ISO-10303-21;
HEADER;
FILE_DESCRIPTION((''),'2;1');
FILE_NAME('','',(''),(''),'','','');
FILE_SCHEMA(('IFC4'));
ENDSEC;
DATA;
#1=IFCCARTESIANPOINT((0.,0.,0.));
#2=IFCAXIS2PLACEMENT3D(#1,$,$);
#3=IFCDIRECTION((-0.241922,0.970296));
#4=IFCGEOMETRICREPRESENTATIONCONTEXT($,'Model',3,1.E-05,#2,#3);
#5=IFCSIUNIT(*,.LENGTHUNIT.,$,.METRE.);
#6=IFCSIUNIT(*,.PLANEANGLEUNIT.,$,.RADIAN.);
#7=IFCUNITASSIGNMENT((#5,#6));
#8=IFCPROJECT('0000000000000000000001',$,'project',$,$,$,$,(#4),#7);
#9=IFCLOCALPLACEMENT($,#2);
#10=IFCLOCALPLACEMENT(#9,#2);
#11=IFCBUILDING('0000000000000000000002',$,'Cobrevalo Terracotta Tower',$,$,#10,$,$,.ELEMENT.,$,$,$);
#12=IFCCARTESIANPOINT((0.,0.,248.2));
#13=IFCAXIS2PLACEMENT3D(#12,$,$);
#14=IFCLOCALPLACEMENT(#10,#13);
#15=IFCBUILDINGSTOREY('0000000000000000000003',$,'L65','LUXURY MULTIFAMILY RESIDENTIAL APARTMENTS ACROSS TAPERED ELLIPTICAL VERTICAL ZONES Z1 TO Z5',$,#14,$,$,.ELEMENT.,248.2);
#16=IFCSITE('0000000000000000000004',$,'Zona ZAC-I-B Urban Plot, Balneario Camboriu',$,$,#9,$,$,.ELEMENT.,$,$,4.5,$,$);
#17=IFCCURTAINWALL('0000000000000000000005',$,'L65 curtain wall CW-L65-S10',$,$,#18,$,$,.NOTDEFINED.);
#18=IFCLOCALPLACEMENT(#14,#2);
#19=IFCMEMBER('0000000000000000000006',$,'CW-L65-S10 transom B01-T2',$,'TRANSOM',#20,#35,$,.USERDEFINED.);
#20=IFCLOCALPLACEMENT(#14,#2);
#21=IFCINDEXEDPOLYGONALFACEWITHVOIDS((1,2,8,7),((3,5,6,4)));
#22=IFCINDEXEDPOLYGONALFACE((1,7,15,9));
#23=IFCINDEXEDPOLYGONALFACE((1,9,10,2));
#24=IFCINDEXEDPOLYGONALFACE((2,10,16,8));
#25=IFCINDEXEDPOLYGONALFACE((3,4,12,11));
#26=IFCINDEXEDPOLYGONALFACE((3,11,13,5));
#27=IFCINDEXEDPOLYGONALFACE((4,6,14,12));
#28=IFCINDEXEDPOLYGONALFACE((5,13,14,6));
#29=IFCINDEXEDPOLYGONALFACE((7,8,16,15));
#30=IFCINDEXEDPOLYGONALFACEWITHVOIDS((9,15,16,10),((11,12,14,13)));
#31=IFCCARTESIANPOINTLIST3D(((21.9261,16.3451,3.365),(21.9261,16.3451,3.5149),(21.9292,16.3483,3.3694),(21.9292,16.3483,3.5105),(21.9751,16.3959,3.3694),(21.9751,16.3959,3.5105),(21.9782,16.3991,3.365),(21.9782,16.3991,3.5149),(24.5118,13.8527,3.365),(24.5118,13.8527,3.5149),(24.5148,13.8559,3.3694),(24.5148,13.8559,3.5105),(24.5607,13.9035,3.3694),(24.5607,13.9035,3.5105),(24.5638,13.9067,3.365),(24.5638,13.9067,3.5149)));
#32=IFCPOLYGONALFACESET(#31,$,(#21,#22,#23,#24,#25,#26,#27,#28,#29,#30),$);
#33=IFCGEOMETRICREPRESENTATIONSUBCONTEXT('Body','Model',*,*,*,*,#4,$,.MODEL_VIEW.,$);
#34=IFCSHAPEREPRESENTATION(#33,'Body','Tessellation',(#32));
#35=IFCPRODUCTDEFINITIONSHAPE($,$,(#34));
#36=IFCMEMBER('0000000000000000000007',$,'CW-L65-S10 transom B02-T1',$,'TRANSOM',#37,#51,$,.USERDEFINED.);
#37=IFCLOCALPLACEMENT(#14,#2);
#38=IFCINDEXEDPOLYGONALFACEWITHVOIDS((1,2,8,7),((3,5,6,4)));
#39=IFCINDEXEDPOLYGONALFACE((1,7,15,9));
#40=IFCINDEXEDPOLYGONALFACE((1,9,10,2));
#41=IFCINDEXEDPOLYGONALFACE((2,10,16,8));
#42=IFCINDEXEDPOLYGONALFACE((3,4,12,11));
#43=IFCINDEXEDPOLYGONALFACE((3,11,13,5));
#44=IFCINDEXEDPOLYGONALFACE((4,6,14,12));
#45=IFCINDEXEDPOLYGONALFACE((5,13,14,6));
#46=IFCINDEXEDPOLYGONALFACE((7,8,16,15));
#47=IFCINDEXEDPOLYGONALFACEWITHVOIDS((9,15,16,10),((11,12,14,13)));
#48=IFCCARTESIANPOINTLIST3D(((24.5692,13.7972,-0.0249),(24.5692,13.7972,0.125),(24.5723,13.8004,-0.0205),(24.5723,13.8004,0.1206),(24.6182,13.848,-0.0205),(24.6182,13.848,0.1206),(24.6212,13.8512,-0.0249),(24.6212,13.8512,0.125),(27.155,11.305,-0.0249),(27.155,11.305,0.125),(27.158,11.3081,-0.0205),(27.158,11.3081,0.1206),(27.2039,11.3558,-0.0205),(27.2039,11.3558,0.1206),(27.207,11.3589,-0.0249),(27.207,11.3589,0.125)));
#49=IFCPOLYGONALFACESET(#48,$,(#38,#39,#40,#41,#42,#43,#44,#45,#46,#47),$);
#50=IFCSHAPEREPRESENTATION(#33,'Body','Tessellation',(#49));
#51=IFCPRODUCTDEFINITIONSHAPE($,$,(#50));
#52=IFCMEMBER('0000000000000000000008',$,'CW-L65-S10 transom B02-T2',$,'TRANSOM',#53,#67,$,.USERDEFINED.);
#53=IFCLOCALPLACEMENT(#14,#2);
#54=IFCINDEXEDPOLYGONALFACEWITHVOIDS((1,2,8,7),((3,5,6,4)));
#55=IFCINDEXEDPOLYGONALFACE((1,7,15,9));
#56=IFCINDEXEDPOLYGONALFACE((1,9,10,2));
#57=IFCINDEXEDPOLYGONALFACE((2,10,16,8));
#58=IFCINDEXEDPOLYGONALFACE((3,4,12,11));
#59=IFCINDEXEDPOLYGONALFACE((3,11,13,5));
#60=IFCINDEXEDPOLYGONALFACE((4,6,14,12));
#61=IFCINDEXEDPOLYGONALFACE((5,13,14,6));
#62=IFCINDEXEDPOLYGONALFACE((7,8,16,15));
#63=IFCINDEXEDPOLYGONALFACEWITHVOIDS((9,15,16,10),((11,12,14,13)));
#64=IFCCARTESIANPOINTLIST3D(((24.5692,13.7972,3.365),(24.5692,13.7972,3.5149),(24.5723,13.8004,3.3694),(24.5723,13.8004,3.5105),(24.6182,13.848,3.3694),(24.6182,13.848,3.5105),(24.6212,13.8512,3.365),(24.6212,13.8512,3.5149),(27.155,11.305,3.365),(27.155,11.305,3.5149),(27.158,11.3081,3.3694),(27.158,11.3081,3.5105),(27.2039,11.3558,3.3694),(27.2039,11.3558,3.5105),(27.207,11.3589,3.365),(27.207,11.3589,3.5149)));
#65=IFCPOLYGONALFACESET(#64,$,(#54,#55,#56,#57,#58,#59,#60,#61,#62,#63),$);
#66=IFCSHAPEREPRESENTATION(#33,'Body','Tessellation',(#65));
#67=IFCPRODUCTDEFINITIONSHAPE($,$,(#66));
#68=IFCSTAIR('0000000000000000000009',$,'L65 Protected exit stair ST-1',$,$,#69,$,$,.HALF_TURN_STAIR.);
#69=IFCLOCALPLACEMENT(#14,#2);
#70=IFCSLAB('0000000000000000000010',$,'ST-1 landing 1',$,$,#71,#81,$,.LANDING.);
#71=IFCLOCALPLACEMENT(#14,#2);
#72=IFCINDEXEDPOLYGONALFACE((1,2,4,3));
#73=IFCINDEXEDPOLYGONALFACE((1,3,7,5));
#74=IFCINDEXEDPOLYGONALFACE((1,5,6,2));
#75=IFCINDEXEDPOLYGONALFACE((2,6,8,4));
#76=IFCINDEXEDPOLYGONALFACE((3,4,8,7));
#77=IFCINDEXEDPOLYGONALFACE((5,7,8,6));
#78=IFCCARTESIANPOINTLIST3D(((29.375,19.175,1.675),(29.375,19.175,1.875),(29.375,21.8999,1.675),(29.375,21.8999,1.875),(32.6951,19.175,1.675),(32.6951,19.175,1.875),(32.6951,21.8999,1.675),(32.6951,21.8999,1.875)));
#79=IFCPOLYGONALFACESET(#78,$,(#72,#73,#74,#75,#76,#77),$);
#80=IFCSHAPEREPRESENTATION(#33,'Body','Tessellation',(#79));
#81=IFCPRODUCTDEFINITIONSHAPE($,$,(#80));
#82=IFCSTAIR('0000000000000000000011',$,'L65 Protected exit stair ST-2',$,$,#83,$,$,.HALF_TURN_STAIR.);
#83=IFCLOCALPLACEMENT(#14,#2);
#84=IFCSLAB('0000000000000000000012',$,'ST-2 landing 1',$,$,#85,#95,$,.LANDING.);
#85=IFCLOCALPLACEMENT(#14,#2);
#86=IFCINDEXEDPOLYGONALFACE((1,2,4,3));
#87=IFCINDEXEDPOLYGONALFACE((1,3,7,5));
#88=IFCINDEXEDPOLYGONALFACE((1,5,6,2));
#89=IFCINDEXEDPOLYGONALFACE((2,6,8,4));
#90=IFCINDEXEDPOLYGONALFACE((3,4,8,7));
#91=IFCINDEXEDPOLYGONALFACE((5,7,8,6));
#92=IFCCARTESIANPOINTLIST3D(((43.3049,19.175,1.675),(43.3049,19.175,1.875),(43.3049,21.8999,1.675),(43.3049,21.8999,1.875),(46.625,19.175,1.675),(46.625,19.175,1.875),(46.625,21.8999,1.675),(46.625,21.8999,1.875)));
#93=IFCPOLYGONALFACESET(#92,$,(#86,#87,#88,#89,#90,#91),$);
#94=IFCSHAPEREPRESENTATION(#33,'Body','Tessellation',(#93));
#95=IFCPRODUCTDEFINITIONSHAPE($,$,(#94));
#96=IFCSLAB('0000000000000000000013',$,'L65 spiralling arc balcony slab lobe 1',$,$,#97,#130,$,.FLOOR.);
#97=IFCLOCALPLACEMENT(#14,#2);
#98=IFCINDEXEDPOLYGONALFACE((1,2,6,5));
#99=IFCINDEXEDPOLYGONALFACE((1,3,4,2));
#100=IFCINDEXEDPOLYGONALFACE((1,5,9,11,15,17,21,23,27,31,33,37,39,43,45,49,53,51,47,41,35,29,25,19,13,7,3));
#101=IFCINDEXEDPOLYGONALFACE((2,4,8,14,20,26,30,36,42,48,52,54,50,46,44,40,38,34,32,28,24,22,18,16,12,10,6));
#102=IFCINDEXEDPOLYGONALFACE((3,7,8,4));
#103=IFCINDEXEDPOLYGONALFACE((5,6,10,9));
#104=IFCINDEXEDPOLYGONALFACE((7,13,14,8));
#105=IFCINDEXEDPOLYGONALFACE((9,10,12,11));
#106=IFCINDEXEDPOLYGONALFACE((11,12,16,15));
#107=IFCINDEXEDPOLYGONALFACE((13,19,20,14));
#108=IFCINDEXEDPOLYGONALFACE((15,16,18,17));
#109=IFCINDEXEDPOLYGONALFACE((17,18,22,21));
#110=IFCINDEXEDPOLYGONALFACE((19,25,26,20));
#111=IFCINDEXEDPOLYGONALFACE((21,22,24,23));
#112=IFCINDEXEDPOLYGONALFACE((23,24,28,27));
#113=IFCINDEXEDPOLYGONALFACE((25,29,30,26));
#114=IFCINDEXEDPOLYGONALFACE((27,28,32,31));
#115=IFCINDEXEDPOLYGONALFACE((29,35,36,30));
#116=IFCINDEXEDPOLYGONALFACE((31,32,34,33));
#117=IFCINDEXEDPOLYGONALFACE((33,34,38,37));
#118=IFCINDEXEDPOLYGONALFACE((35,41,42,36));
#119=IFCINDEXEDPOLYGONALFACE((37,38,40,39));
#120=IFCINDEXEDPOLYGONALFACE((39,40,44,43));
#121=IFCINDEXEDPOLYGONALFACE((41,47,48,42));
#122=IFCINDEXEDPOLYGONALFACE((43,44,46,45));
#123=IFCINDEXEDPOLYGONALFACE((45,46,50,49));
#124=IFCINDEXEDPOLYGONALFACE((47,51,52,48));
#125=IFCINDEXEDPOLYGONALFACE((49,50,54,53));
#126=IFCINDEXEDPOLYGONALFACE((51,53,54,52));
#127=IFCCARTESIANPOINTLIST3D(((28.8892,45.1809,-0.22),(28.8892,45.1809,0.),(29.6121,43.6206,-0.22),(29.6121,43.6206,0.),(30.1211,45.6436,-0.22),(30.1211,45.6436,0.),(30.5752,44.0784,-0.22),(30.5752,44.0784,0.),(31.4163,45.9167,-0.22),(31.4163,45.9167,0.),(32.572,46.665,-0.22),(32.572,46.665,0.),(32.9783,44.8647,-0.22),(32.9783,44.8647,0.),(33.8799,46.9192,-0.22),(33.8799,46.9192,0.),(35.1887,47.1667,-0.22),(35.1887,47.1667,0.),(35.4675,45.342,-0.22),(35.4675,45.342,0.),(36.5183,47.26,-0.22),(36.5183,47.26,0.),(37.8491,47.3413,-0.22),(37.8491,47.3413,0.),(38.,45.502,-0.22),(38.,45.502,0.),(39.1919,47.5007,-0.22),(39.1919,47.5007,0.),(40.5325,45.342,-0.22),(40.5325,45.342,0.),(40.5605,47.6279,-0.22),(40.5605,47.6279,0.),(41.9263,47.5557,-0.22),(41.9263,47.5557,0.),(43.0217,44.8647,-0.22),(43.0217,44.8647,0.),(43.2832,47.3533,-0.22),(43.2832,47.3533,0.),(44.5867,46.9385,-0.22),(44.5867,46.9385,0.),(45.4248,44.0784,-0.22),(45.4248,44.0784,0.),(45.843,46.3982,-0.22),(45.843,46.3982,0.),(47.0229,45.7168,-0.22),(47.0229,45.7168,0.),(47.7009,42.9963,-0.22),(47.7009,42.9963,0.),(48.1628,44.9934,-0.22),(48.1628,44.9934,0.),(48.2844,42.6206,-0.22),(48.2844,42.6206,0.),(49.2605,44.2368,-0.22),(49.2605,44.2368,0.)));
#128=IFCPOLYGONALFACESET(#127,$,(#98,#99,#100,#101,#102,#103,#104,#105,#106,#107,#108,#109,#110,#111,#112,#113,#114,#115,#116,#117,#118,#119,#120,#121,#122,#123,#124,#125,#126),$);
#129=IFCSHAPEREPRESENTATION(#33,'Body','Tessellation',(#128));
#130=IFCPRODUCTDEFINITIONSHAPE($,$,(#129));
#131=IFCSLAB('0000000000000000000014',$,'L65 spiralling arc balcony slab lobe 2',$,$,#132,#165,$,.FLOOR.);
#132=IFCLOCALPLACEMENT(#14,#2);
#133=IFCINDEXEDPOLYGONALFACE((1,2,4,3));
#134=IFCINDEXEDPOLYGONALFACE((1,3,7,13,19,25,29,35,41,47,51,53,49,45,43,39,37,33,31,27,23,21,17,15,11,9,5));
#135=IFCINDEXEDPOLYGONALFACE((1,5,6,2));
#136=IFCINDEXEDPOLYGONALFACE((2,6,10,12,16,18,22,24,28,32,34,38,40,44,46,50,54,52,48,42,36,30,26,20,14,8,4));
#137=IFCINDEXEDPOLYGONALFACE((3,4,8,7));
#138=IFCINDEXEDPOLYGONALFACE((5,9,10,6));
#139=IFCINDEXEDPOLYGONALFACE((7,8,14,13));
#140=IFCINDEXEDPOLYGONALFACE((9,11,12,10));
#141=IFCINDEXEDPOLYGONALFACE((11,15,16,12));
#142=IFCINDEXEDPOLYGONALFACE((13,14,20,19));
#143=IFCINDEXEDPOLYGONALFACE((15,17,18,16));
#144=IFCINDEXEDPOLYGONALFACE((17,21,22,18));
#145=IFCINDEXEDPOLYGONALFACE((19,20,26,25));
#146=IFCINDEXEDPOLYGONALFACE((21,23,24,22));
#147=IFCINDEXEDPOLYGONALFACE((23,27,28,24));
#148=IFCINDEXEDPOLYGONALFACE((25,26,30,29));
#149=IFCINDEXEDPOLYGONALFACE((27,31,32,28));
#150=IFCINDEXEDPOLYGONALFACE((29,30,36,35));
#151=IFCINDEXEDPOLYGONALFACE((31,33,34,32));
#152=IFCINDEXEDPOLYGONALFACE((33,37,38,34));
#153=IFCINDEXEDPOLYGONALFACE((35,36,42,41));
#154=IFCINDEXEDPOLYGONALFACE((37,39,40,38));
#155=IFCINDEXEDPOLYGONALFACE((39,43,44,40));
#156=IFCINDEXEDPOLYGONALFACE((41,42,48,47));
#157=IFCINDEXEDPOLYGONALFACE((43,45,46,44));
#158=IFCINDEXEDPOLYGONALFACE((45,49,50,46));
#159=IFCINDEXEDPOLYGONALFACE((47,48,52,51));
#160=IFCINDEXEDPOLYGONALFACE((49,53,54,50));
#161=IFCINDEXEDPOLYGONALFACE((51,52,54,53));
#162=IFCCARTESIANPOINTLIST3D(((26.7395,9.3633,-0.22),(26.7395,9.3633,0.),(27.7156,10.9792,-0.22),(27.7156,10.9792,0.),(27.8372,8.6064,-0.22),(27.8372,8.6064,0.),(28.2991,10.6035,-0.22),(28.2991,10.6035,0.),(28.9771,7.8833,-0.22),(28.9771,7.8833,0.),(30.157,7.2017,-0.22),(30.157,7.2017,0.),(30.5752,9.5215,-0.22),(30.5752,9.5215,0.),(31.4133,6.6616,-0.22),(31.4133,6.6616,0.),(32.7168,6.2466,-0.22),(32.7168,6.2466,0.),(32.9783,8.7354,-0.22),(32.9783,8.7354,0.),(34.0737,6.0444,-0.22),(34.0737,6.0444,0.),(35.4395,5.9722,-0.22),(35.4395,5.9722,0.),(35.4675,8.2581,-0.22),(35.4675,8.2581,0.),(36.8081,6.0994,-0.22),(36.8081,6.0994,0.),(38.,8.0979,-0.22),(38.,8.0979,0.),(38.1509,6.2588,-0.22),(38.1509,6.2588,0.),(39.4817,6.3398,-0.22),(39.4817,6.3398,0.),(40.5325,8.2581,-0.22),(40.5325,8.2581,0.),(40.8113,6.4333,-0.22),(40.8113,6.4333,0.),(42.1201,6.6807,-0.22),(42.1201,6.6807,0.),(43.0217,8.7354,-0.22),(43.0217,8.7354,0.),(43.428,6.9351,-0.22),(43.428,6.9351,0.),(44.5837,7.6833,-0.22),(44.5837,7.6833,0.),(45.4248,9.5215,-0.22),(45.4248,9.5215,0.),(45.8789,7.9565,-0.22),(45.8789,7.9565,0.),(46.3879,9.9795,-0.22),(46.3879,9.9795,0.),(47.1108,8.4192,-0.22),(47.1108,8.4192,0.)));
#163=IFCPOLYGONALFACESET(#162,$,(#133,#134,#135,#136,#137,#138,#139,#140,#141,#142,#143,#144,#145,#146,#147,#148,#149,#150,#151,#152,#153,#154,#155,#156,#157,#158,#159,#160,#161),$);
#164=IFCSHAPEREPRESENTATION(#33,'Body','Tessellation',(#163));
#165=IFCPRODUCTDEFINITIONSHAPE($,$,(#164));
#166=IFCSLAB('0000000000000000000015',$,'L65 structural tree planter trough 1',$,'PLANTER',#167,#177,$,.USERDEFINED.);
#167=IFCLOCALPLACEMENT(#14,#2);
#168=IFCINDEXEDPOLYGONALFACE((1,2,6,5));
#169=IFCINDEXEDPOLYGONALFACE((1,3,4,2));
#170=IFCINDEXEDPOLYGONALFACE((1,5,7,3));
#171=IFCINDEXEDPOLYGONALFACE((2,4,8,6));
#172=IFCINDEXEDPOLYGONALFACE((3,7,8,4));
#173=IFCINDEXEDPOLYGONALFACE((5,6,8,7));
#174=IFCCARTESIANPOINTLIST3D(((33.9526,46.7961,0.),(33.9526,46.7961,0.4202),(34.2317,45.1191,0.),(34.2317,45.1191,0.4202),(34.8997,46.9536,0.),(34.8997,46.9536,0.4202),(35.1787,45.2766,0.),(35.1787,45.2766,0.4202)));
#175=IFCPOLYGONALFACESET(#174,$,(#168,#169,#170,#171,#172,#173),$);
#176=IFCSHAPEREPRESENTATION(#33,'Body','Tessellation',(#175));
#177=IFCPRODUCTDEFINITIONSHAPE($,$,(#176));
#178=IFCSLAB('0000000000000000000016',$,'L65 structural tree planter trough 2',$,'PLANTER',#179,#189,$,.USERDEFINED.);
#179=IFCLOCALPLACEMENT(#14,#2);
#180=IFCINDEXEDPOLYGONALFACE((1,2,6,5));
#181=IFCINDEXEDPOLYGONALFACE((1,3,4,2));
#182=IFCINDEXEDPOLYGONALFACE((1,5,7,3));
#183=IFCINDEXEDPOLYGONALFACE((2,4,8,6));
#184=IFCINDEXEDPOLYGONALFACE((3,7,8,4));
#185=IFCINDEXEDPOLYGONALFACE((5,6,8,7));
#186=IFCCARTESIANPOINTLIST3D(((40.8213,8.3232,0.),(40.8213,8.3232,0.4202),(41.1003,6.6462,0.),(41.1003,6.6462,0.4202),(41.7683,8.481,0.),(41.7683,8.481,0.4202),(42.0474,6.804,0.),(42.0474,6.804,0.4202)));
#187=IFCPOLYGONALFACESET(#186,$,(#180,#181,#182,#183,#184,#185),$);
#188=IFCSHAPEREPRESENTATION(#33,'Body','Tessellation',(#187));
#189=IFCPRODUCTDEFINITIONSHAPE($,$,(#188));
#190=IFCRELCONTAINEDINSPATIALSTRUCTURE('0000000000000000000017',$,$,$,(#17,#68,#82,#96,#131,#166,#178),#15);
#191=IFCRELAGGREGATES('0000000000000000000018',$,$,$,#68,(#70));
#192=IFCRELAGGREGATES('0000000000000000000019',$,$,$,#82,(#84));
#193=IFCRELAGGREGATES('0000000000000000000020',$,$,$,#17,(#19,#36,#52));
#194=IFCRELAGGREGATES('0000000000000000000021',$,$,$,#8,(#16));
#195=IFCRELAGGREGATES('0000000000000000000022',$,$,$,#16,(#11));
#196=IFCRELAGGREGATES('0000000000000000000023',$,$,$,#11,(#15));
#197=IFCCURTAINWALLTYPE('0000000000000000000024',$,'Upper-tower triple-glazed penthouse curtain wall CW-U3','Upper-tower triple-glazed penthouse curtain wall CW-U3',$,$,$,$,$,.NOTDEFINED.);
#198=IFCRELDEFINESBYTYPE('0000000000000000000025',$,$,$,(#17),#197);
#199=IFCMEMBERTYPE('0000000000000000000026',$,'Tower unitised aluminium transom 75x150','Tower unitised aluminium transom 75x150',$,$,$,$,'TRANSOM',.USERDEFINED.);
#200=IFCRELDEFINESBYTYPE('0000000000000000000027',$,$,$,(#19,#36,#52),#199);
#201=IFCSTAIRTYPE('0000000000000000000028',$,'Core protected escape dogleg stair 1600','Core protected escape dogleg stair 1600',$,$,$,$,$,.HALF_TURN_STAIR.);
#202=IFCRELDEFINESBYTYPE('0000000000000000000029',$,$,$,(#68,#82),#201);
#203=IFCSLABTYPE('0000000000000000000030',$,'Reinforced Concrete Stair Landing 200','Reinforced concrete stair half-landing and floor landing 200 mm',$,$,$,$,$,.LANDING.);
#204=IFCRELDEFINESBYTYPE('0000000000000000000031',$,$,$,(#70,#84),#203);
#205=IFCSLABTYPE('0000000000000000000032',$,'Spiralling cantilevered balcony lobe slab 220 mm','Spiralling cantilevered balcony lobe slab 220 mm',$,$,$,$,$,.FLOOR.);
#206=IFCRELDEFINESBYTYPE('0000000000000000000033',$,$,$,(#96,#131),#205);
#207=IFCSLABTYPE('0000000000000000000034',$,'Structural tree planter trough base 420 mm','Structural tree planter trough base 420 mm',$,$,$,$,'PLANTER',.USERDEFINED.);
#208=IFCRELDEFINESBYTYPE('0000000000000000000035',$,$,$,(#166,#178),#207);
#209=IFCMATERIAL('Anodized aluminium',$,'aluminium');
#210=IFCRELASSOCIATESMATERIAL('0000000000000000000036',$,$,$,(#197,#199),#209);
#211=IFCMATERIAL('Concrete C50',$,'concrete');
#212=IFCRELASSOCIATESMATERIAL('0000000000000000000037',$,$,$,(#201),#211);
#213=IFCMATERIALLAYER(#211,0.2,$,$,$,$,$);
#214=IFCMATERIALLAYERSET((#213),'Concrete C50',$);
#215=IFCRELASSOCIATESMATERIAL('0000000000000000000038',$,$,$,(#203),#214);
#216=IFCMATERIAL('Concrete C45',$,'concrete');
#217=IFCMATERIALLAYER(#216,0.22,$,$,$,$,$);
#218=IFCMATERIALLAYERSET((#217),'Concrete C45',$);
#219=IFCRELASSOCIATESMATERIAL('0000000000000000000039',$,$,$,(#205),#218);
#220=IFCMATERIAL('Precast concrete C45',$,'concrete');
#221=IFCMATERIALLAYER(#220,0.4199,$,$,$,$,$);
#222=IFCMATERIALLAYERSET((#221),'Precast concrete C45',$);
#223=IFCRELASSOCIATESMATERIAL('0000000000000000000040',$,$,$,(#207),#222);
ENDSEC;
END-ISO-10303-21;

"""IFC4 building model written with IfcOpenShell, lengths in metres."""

from ifc_helpers import new_model, si_unit, direction, frame, origin, origin_2d, place, context, subcontext, project, spatial, polyline, hollow_rectangle, outline, extrude, source, transform, mapped, material, layer, layer_set, material_profile, profile_set, type_object, element, aggregate, save


model = new_model("IFC4")

# Units and contexts
model_context = context("Model", 3, precision=1e-05, world=origin(), true_north=direction((-0.241922, 0.970296)))
body_context = subcontext(model_context, "Body", "Model", "MODEL_VIEW")
ifc_project = project(units=[si_unit("LENGTHUNIT", "METRE"), si_unit("PLANEANGLEUNIT", "RADIAN")], contexts=[model_context])

# Site, building, storey
site_placement = place(None, origin())
site = spatial("IfcSite", under=ifc_project, at=site_placement, Name="Zona ZAC-I-B Urban Plot, Balneario Camboriu", CompositionType="ELEMENT", RefElevation=4.5)
building_placement = place(site_placement, origin())
building = spatial("IfcBuilding", under=site, at=building_placement, Name="Cobrevalo Terracotta Tower", CompositionType="ELEMENT")
storey_placement = place(building_placement, frame((0.0, 0.0, 248.2)))
storey = spatial("IfcBuildingStorey", under=building, at=storey_placement, Name="L65", Description="LUXURY MULTIFAMILY RESIDENTIAL APARTMENTS ACROSS TAPERED ELLIPTICAL VERTICAL ZONES Z1 TO Z5", CompositionType="ELEMENT", Elevation=248.2)

# Curtain wall, members
ifc_material_1 = material(Name="Anodized aluminium", Category="aluminium")
curtain_wall_type = type_object("IfcCurtainWallType", Name="Upper-tower triple-glazed penthouse curtain wall CW-U3", Description="Upper-tower triple-glazed penthouse curtain wall CW-U3", PredefinedType="NOTDEFINED", material=ifc_material_1)
curtain_wall_placement = place(storey_placement, origin())
curtain_wall = element("IfcCurtainWall", 1, at=curtain_wall_placement, inside=storey, type_object=curtain_wall_type, Name="L65 curtain wall CW-L65-S10", PredefinedType="NOTDEFINED")
ifc_material_profile_1 = material_profile(ifc_material_1, hollow_rectangle(XDim=0.075, YDim=0.1499, WallThickness=0.0044, at=origin_2d()), Name="CWT 75x150")
ifc_profile_set_1 = profile_set([ifc_material_profile_1], Name="Anodized aluminium")
member_type_1 = type_object("IfcMemberType", Name="Tower unitised aluminium transom 75x150", Description="Tower unitised aluminium transom 75x150", ElementType="TRANSOM", PredefinedType="USERDEFINED", material=ifc_profile_set_1)
shared_shape_1 = source(origin(), body_context, "Body", "SweptSolid", [
    extrude(hollow_rectangle(XDim=0.075, YDim=0.1499, WallThickness=0.0044, at=origin_2d()), origin(), (0.0, 0.0, 1.0), 3.5913),
])
member_1_placement = place(storey_placement, frame((21.9521, 16.3721, 3.4399), z_axis=(0.719972, -0.694003, 0.0), x_axis=(0.694003, 0.719972, 0.0)))
member_1 = element("IfcMember", 2, at=member_1_placement, type_object=member_type_1, Name="CW-L65-S10 transom B01-T2", ObjectType="TRANSOM", PredefinedType="USERDEFINED", context=body_context, shape_type="MappedRepresentation", body=[
    mapped(shared_shape_1, transform((0.0, 0.0, 0.0), scale=1.0)),
])
member_2_placement = place(storey_placement, frame((24.5952, 13.8242, 0.05), z_axis=(0.720006, -0.693968, 0.0), x_axis=(0.693968, 0.720006, 0.0)))
member_2 = element("IfcMember", 3, at=member_2_placement, type_object=member_type_1, Name="CW-L65-S10 transom B02-T1", ObjectType="TRANSOM", PredefinedType="USERDEFINED", context=body_context, shape_type="MappedRepresentation", body=[
    mapped(shared_shape_1, transform((0.0, 0.0, 0.0), scale=1.0)),
])
member_3_placement = place(storey_placement, frame((24.5952, 13.8242, 3.4399), z_axis=(0.720006, -0.693968, 0.0), x_axis=(0.693968, 0.720006, 0.0)))
member_3 = element("IfcMember", 4, at=member_3_placement, type_object=member_type_1, Name="CW-L65-S10 transom B02-T2", ObjectType="TRANSOM", PredefinedType="USERDEFINED", context=body_context, shape_type="MappedRepresentation", body=[
    mapped(shared_shape_1, transform((0.0, 0.0, 0.0), scale=1.0)),
])

# Stairs, slabs
ifc_material_2 = material(Name="Concrete C50", Category="concrete")
stair_type = type_object("IfcStairType", Name="Core protected escape dogleg stair 1600", Description="Core protected escape dogleg stair 1600", PredefinedType="HALF_TURN_STAIR", material=ifc_material_2)
stair_1_placement = place(storey_placement, origin())
stair_1 = element("IfcStair", 5, at=stair_1_placement, inside=storey, type_object=stair_type, Name="L65 Protected exit stair ST-1", PredefinedType="HALF_TURN_STAIR")
ifc_layer_1 = layer(ifc_material_2, 0.2)
ifc_layer_set_1 = layer_set([ifc_layer_1], Name="Concrete C50")
slab_type_1 = type_object("IfcSlabType", Name="Reinforced Concrete Stair Landing 200", Description="Reinforced concrete stair half-landing and floor landing 200 mm", PredefinedType="LANDING", material=ifc_layer_set_1)
slab_1_placement = place(storey_placement, frame((0.0, 0.0, 1.675)))
slab_1 = element("IfcSlab", 6, at=slab_1_placement, type_object=slab_type_1, Name="ST-1 landing 1", PredefinedType="LANDING", context=body_context, shape_type="SweptSolid", body=[
    extrude(outline(polyline([(29.375, 21.8999), (29.375, 19.175), (32.6951, 19.175), (32.6951, 21.8999), (29.375, 21.8999)])), origin(), (0.0, 0.0, 1.0), 0.2),
])
aggregate(stair_1, [slab_1])
stair_2_placement = place(storey_placement, origin())
stair_2 = element("IfcStair", 7, at=stair_2_placement, inside=storey, type_object=stair_type, Name="L65 Protected exit stair ST-2", PredefinedType="HALF_TURN_STAIR")
slab_2_placement = place(storey_placement, frame((0.0, 0.0, 1.675)))
slab_2 = element("IfcSlab", 8, at=slab_2_placement, type_object=slab_type_1, Name="ST-2 landing 1", PredefinedType="LANDING", context=body_context, shape_type="SweptSolid", body=[
    extrude(outline(polyline([(43.3049, 21.8999), (43.3049, 19.175), (46.625, 19.175), (46.625, 21.8999), (43.3049, 21.8999)])), origin(), (0.0, 0.0, 1.0), 0.2),
])
aggregate(stair_2, [slab_2])

# Slabs
ifc_material_3 = material(Name="Concrete C45", Category="concrete")
ifc_layer_2 = layer(ifc_material_3, 0.22)
ifc_layer_set_2 = layer_set([ifc_layer_2], Name="Concrete C45")
slab_type_2 = type_object("IfcSlabType", Name="Spiralling cantilevered balcony lobe slab 220 mm", Description="Spiralling cantilevered balcony lobe slab 220 mm", PredefinedType="FLOOR", material=ifc_layer_set_2)
slab_3_placement = place(storey_placement, frame((0.0, 0.0, -0.22)))
element("IfcSlab", 9, at=slab_3_placement, inside=storey, type_object=slab_type_2, Name="L65 spiralling arc balcony slab lobe 1", PredefinedType="FLOOR", context=body_context, shape_type="SweptSolid", body=[
    extrude(outline(polyline([(49.2605, 44.2368), (48.1628, 44.9934), (47.0229, 45.7168), (45.843, 46.3982), (44.5867, 46.9385), (43.2832, 47.3533), (41.9263, 47.5557), (40.5605, 47.6279), (39.1919, 47.5007), (37.8491, 47.3413), (36.5183, 47.26), (35.1887, 47.1667), (33.8799, 46.9192), (32.572, 46.665), (31.4163, 45.9167), (30.1211, 45.6436), (28.8892, 45.1809), (29.6121, 43.6206), (30.5752, 44.0784), (32.9783, 44.8647), (35.4675, 45.342), (38.0, 45.502), (40.5325, 45.342), (43.0217, 44.8647), (45.4248, 44.0784), (47.7009, 42.9963), (48.2844, 42.6206), (49.2605, 44.2368)])), origin(), (0.0, 0.0, 1.0), 0.22),
])
slab_4_placement = place(storey_placement, frame((0.0, 0.0, -0.22)))
element("IfcSlab", 10, at=slab_4_placement, inside=storey, type_object=slab_type_2, Name="L65 spiralling arc balcony slab lobe 2", PredefinedType="FLOOR", context=body_context, shape_type="SweptSolid", body=[
    extrude(outline(polyline([(26.7395, 9.3633), (27.8372, 8.6064), (28.9771, 7.8833), (30.157, 7.2017), (31.4133, 6.6616), (32.7168, 6.2466), (34.0737, 6.0444), (35.4395, 5.9722), (36.8081, 6.0994), (38.1509, 6.2588), (39.4817, 6.3398), (40.8113, 6.4333), (42.1201, 6.6807), (43.428, 6.9351), (44.5837, 7.6833), (45.8789, 7.9565), (47.1108, 8.4192), (46.3879, 9.9795), (45.4248, 9.5215), (43.0217, 8.7354), (40.5325, 8.2581), (38.0, 8.0979), (35.4675, 8.2581), (32.9783, 8.7354), (30.5752, 9.5215), (28.2991, 10.6035), (27.7156, 10.9792), (26.7395, 9.3633)])), origin(), (0.0, 0.0, 1.0), 0.22),
])
ifc_material_4 = material(Name="Precast concrete C45", Category="concrete")
ifc_layer_3 = layer(ifc_material_4, 0.4199)
ifc_layer_set_3 = layer_set([ifc_layer_3], Name="Precast concrete C45")
slab_type_3 = type_object("IfcSlabType", Name="Structural tree planter trough base 420 mm", Description="Structural tree planter trough base 420 mm", ElementType="PLANTER", PredefinedType="USERDEFINED", material=ifc_layer_set_3)
slab_5_placement = place(storey_placement, origin())
element("IfcSlab", 11, at=slab_5_placement, inside=storey, type_object=slab_type_3, Name="L65 structural tree planter trough 1", ObjectType="PLANTER", PredefinedType="USERDEFINED", context=body_context, shape_type="SweptSolid", body=[
    extrude(outline(polyline([(35.1787, 45.2766), (34.8997, 46.9536), (33.9526, 46.7961), (34.2317, 45.1191), (35.1787, 45.2766)])), origin(), (0.0, 0.0, 1.0), 0.4202),
])
slab_6_placement = place(storey_placement, origin())
element("IfcSlab", 12, at=slab_6_placement, inside=storey, type_object=slab_type_3, Name="L65 structural tree planter trough 2", ObjectType="PLANTER", PredefinedType="USERDEFINED", context=body_context, shape_type="SweptSolid", body=[
    extrude(outline(polyline([(40.8213, 8.3232), (41.1003, 6.6462), (42.0474, 6.804), (41.7683, 8.481), (40.8213, 8.3232)])), origin(), (0.0, 0.0, 1.0), 0.4202),
])

aggregate(curtain_wall, [member_1, member_2, member_3])

save(model, "model.ifc")
